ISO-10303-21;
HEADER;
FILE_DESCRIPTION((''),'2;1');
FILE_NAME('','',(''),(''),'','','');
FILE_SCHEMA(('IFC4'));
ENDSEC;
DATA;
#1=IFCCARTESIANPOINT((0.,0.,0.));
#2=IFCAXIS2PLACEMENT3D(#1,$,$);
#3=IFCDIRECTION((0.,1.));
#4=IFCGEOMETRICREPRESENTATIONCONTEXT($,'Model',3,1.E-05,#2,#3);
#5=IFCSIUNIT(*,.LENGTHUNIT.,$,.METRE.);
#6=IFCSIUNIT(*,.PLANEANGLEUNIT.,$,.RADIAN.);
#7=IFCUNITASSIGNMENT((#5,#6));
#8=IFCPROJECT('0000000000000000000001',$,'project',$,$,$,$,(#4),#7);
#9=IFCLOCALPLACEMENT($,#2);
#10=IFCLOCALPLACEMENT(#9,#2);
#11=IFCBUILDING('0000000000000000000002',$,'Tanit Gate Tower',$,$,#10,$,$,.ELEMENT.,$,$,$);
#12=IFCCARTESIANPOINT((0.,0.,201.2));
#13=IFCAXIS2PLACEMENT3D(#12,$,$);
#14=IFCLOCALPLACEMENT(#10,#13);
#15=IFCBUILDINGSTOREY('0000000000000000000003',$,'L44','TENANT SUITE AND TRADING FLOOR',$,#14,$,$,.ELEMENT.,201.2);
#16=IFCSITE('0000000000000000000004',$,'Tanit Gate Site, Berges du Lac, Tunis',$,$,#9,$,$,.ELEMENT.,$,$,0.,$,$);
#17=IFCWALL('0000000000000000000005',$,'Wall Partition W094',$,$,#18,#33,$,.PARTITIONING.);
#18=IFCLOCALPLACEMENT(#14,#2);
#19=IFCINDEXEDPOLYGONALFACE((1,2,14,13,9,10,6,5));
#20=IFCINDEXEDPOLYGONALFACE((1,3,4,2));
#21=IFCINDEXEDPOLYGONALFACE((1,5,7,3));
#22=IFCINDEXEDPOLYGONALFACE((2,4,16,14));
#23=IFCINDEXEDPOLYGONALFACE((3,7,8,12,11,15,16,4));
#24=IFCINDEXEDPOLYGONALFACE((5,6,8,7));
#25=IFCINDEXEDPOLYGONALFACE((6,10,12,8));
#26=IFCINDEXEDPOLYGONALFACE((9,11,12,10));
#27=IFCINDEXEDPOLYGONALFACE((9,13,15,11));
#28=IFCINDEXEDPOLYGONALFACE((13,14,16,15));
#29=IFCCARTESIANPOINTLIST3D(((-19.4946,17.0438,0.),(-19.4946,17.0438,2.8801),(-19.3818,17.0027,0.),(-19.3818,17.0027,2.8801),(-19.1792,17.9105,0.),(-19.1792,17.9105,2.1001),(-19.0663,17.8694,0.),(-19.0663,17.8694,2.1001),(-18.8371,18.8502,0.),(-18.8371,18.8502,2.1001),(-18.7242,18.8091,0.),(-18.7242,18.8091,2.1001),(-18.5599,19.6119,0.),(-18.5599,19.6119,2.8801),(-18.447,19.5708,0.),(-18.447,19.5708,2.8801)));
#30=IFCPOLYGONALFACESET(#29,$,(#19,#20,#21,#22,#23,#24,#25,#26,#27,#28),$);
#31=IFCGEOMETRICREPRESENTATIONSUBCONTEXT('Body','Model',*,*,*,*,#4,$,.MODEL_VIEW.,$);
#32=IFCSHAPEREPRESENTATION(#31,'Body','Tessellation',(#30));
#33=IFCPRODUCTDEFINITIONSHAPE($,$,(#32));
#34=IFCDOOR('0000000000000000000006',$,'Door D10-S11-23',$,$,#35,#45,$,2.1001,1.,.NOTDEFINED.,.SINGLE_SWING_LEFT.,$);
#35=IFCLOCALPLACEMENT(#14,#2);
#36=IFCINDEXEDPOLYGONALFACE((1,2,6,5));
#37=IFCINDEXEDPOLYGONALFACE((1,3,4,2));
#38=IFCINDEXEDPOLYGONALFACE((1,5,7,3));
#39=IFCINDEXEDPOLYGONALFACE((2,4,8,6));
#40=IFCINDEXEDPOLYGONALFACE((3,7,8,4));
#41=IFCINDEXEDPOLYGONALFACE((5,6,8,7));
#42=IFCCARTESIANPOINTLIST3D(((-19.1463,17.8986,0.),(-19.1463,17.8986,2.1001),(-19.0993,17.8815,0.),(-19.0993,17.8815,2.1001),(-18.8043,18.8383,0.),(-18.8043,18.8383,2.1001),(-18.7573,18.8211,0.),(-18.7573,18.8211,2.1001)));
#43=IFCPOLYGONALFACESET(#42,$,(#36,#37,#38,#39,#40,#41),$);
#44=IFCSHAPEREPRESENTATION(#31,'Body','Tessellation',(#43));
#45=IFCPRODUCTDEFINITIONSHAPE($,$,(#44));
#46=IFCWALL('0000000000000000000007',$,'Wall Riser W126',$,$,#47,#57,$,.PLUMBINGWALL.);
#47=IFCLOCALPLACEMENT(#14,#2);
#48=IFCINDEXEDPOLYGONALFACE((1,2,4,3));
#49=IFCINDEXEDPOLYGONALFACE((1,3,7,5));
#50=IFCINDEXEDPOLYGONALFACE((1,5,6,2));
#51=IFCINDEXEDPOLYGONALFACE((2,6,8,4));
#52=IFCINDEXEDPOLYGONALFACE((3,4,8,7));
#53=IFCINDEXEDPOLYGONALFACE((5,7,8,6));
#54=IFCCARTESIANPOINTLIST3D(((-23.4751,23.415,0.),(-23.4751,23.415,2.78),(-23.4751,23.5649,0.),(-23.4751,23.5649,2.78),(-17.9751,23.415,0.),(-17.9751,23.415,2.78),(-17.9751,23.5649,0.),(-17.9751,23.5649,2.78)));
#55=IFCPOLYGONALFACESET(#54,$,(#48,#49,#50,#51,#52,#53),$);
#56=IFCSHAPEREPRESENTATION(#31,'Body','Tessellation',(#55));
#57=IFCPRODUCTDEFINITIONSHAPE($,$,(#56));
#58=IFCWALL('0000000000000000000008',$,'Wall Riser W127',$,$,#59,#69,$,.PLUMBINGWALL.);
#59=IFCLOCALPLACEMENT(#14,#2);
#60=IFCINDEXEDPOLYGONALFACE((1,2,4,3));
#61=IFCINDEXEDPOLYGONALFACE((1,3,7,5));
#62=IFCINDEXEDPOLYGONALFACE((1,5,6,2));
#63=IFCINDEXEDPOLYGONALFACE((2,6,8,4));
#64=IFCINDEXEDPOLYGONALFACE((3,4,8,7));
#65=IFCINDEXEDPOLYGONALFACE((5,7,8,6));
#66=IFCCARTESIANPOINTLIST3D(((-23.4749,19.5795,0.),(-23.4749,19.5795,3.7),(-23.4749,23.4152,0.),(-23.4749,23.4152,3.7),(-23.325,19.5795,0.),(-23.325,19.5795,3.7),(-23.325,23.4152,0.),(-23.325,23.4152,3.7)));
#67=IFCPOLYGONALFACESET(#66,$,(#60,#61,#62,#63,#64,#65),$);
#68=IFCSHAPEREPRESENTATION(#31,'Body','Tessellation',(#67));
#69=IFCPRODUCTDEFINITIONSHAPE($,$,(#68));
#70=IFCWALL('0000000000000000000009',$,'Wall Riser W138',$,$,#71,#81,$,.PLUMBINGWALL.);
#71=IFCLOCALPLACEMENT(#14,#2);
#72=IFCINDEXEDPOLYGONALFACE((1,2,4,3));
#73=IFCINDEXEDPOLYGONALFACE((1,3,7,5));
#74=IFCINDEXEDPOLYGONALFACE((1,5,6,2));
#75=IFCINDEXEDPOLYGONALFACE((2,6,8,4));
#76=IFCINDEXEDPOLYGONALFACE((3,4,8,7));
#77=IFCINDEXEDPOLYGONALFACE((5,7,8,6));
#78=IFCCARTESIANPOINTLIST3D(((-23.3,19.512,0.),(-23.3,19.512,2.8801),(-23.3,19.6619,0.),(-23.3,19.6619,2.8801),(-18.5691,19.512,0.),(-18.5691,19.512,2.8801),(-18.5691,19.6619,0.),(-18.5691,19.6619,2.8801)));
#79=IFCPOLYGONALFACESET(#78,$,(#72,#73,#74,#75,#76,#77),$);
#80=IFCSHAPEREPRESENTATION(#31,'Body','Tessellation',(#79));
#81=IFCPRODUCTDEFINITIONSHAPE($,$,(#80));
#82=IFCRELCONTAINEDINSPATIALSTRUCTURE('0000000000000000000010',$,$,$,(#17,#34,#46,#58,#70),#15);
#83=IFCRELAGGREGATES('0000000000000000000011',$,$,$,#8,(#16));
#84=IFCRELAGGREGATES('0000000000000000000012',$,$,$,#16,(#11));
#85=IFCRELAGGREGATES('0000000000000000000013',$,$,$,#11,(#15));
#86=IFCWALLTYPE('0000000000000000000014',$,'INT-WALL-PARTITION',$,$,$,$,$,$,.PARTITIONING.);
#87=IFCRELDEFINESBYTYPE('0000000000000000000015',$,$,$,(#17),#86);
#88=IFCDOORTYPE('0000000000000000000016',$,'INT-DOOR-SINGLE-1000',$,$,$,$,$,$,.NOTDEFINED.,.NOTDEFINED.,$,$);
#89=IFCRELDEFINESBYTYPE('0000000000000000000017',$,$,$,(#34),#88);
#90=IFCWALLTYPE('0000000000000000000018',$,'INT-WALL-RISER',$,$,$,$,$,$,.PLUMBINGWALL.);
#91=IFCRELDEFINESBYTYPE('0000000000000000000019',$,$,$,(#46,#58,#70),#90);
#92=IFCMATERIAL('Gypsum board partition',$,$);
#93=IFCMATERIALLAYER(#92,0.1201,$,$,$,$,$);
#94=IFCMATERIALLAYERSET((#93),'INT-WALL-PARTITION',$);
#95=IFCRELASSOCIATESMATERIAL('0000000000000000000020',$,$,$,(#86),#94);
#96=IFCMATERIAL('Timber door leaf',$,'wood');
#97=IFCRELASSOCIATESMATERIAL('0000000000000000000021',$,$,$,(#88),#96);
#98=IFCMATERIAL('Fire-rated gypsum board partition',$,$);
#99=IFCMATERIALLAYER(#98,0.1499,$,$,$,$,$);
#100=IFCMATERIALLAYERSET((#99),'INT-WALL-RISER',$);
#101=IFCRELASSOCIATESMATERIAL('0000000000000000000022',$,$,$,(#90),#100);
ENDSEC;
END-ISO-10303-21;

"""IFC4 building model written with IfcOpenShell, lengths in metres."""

from ifc_helpers import new_model, si_unit, direction, frame, frame_2d, origin, place, context, subcontext, project, spatial, rectangle, extrude, material, layer, layer_set, type_object, element, fill, save


model = new_model("IFC4")

# Units and contexts
model_context = context("Model", 3, precision=1e-05, world=origin(), true_north=direction((0.0, 1.0)))
body_context = subcontext(model_context, "Body", "Model", "MODEL_VIEW")
ifc_project = project(units=[si_unit("LENGTHUNIT", "METRE"), si_unit("PLANEANGLEUNIT", "RADIAN")], contexts=[model_context])

# Site, building, storey
site_placement = place(None, origin())
site = spatial("IfcSite", under=ifc_project, at=site_placement, Name="Tanit Gate Site, Berges du Lac, Tunis", CompositionType="ELEMENT", RefElevation=0.0)
building_placement = place(site_placement, origin())
building = spatial("IfcBuilding", under=site, at=building_placement, Name="Tanit Gate Tower", CompositionType="ELEMENT")
storey_placement = place(building_placement, frame((0.0, 0.0, 201.2)))
storey = spatial("IfcBuildingStorey", under=building, at=storey_placement, Name="L44", Description="TENANT SUITE AND TRADING FLOOR", CompositionType="ELEMENT", Elevation=201.2)

# Wall, opening, door
ifc_material_1 = material(Name="Gypsum board partition")
ifc_layer_1 = layer(ifc_material_1, 0.1201)
ifc_layer_set_1 = layer_set([ifc_layer_1], Name="INT-WALL-PARTITION")
wall_type_1 = type_object("IfcWallType", Name="INT-WALL-PARTITION", PredefinedType="PARTITIONING", material=ifc_layer_set_1)
wall_1_placement = place(storey_placement, frame((-18.5034, 19.5913, 0.0), z_axis=(0.0, 0.0, 1.0), x_axis=(-0.342051, -0.939681, 0.0)))
wall_1 = element("IfcWall", 1, at=wall_1_placement, inside=storey, type_object=wall_type_1, Name="Wall Partition W094", PredefinedType="PARTITIONING", context=body_context, shape_type="SweptSolid", body=[
    extrude(rectangle(XDim=2.7329, YDim=0.1201, at=frame_2d((1.3665, 0.0))), origin(), (0.0, 0.0, 1.0), 2.8801),
])
opening_placement = place(wall_1_placement, frame((0.8105, 0.0, 0.0)))
opening = element("IfcOpeningElement", 2, at=opening_placement, cuts=wall_1, PredefinedType="OPENING", context=body_context, shape_type="SweptSolid", body=[
    extrude(rectangle(XDim=1.0, YDim=2.1001, at=frame_2d((0.5, 1.05))), frame((0.0, 0.0701, 0.0), z_axis=(0.0, -1.0, 0.0), x_axis=(1.0, 0.0, 0.0)), (0.0, 0.0, 1.0), 0.1401),
])
ifc_material_2 = material(Name="Timber door leaf", Category="wood")
door_type = type_object("IfcDoorType", Name="INT-DOOR-SINGLE-1000", OperationType="NOTDEFINED", PredefinedType="NOTDEFINED", material=ifc_material_2)
door_placement = place(opening_placement, origin())
door = element("IfcDoor", 3, at=door_placement, inside=storey, type_object=door_type, Name="Door D10-S11-23", OperationType="SINGLE_SWING_LEFT", OverallHeight=2.1001, OverallWidth=1.0, PredefinedType="NOTDEFINED", context=body_context, shape_type="SweptSolid", body=[
    extrude(rectangle(XDim=1.0, YDim=2.1001, at=frame_2d((0.5, 1.05))), frame((0.0, 0.0249, 0.0), z_axis=(0.0, -1.0, 0.0), x_axis=(1.0, 0.0, 0.0)), (0.0, 0.0, 1.0), 0.05),
])
fill(opening, door)

# Walls
ifc_material_3 = material(Name="Fire-rated gypsum board partition")
ifc_layer_2 = layer(ifc_material_3, 0.1499)
ifc_layer_set_2 = layer_set([ifc_layer_2], Name="INT-WALL-RISER")
wall_type_2 = type_object("IfcWallType", Name="INT-WALL-RISER", PredefinedType="PLUMBINGWALL", material=ifc_layer_set_2)
wall_2_placement = place(storey_placement, frame((-17.9751, 23.49, 0.0), z_axis=(0.0, 0.0, 1.0), x_axis=(-1.0, 0.0, 0.0)))
element("IfcWall", 4, at=wall_2_placement, inside=storey, type_object=wall_type_2, Name="Wall Riser W126", PredefinedType="PLUMBINGWALL", context=body_context, shape_type="SweptSolid", body=[
    extrude(rectangle(XDim=5.5, YDim=0.1499, at=frame_2d((2.75, 0.0))), origin(), (0.0, 0.0, 1.0), 2.78),
])
wall_3_placement = place(storey_placement, frame((-23.3999, 19.5793, 0.0), z_axis=(0.0, 0.0, 1.0), x_axis=(0.0, 1.0, 0.0)))
element("IfcWall", 5, at=wall_3_placement, inside=storey, type_object=wall_type_2, Name="Wall Riser W127", PredefinedType="PLUMBINGWALL", context=body_context, shape_type="SweptSolid", body=[
    extrude(rectangle(XDim=3.8357, YDim=0.1499, at=frame_2d((1.918, 0.0))), origin(), (0.0, 0.0, 1.0), 3.7),
])
wall_4_placement = place(storey_placement, frame((-23.3, 19.5869, 0.0), z_axis=(0.0, 0.0, 1.0), x_axis=(1.0, 0.0, 0.0)))
element("IfcWall", 6, at=wall_4_placement, inside=storey, type_object=wall_type_2, Name="Wall Riser W138", PredefinedType="PLUMBINGWALL", context=body_context, shape_type="SweptSolid", body=[
    extrude(rectangle(XDim=4.731, YDim=0.1499, at=frame_2d((2.3655, 0.0))), origin(), (0.0, 0.0, 1.0), 2.8801),
])

save(model, "model.ifc")
